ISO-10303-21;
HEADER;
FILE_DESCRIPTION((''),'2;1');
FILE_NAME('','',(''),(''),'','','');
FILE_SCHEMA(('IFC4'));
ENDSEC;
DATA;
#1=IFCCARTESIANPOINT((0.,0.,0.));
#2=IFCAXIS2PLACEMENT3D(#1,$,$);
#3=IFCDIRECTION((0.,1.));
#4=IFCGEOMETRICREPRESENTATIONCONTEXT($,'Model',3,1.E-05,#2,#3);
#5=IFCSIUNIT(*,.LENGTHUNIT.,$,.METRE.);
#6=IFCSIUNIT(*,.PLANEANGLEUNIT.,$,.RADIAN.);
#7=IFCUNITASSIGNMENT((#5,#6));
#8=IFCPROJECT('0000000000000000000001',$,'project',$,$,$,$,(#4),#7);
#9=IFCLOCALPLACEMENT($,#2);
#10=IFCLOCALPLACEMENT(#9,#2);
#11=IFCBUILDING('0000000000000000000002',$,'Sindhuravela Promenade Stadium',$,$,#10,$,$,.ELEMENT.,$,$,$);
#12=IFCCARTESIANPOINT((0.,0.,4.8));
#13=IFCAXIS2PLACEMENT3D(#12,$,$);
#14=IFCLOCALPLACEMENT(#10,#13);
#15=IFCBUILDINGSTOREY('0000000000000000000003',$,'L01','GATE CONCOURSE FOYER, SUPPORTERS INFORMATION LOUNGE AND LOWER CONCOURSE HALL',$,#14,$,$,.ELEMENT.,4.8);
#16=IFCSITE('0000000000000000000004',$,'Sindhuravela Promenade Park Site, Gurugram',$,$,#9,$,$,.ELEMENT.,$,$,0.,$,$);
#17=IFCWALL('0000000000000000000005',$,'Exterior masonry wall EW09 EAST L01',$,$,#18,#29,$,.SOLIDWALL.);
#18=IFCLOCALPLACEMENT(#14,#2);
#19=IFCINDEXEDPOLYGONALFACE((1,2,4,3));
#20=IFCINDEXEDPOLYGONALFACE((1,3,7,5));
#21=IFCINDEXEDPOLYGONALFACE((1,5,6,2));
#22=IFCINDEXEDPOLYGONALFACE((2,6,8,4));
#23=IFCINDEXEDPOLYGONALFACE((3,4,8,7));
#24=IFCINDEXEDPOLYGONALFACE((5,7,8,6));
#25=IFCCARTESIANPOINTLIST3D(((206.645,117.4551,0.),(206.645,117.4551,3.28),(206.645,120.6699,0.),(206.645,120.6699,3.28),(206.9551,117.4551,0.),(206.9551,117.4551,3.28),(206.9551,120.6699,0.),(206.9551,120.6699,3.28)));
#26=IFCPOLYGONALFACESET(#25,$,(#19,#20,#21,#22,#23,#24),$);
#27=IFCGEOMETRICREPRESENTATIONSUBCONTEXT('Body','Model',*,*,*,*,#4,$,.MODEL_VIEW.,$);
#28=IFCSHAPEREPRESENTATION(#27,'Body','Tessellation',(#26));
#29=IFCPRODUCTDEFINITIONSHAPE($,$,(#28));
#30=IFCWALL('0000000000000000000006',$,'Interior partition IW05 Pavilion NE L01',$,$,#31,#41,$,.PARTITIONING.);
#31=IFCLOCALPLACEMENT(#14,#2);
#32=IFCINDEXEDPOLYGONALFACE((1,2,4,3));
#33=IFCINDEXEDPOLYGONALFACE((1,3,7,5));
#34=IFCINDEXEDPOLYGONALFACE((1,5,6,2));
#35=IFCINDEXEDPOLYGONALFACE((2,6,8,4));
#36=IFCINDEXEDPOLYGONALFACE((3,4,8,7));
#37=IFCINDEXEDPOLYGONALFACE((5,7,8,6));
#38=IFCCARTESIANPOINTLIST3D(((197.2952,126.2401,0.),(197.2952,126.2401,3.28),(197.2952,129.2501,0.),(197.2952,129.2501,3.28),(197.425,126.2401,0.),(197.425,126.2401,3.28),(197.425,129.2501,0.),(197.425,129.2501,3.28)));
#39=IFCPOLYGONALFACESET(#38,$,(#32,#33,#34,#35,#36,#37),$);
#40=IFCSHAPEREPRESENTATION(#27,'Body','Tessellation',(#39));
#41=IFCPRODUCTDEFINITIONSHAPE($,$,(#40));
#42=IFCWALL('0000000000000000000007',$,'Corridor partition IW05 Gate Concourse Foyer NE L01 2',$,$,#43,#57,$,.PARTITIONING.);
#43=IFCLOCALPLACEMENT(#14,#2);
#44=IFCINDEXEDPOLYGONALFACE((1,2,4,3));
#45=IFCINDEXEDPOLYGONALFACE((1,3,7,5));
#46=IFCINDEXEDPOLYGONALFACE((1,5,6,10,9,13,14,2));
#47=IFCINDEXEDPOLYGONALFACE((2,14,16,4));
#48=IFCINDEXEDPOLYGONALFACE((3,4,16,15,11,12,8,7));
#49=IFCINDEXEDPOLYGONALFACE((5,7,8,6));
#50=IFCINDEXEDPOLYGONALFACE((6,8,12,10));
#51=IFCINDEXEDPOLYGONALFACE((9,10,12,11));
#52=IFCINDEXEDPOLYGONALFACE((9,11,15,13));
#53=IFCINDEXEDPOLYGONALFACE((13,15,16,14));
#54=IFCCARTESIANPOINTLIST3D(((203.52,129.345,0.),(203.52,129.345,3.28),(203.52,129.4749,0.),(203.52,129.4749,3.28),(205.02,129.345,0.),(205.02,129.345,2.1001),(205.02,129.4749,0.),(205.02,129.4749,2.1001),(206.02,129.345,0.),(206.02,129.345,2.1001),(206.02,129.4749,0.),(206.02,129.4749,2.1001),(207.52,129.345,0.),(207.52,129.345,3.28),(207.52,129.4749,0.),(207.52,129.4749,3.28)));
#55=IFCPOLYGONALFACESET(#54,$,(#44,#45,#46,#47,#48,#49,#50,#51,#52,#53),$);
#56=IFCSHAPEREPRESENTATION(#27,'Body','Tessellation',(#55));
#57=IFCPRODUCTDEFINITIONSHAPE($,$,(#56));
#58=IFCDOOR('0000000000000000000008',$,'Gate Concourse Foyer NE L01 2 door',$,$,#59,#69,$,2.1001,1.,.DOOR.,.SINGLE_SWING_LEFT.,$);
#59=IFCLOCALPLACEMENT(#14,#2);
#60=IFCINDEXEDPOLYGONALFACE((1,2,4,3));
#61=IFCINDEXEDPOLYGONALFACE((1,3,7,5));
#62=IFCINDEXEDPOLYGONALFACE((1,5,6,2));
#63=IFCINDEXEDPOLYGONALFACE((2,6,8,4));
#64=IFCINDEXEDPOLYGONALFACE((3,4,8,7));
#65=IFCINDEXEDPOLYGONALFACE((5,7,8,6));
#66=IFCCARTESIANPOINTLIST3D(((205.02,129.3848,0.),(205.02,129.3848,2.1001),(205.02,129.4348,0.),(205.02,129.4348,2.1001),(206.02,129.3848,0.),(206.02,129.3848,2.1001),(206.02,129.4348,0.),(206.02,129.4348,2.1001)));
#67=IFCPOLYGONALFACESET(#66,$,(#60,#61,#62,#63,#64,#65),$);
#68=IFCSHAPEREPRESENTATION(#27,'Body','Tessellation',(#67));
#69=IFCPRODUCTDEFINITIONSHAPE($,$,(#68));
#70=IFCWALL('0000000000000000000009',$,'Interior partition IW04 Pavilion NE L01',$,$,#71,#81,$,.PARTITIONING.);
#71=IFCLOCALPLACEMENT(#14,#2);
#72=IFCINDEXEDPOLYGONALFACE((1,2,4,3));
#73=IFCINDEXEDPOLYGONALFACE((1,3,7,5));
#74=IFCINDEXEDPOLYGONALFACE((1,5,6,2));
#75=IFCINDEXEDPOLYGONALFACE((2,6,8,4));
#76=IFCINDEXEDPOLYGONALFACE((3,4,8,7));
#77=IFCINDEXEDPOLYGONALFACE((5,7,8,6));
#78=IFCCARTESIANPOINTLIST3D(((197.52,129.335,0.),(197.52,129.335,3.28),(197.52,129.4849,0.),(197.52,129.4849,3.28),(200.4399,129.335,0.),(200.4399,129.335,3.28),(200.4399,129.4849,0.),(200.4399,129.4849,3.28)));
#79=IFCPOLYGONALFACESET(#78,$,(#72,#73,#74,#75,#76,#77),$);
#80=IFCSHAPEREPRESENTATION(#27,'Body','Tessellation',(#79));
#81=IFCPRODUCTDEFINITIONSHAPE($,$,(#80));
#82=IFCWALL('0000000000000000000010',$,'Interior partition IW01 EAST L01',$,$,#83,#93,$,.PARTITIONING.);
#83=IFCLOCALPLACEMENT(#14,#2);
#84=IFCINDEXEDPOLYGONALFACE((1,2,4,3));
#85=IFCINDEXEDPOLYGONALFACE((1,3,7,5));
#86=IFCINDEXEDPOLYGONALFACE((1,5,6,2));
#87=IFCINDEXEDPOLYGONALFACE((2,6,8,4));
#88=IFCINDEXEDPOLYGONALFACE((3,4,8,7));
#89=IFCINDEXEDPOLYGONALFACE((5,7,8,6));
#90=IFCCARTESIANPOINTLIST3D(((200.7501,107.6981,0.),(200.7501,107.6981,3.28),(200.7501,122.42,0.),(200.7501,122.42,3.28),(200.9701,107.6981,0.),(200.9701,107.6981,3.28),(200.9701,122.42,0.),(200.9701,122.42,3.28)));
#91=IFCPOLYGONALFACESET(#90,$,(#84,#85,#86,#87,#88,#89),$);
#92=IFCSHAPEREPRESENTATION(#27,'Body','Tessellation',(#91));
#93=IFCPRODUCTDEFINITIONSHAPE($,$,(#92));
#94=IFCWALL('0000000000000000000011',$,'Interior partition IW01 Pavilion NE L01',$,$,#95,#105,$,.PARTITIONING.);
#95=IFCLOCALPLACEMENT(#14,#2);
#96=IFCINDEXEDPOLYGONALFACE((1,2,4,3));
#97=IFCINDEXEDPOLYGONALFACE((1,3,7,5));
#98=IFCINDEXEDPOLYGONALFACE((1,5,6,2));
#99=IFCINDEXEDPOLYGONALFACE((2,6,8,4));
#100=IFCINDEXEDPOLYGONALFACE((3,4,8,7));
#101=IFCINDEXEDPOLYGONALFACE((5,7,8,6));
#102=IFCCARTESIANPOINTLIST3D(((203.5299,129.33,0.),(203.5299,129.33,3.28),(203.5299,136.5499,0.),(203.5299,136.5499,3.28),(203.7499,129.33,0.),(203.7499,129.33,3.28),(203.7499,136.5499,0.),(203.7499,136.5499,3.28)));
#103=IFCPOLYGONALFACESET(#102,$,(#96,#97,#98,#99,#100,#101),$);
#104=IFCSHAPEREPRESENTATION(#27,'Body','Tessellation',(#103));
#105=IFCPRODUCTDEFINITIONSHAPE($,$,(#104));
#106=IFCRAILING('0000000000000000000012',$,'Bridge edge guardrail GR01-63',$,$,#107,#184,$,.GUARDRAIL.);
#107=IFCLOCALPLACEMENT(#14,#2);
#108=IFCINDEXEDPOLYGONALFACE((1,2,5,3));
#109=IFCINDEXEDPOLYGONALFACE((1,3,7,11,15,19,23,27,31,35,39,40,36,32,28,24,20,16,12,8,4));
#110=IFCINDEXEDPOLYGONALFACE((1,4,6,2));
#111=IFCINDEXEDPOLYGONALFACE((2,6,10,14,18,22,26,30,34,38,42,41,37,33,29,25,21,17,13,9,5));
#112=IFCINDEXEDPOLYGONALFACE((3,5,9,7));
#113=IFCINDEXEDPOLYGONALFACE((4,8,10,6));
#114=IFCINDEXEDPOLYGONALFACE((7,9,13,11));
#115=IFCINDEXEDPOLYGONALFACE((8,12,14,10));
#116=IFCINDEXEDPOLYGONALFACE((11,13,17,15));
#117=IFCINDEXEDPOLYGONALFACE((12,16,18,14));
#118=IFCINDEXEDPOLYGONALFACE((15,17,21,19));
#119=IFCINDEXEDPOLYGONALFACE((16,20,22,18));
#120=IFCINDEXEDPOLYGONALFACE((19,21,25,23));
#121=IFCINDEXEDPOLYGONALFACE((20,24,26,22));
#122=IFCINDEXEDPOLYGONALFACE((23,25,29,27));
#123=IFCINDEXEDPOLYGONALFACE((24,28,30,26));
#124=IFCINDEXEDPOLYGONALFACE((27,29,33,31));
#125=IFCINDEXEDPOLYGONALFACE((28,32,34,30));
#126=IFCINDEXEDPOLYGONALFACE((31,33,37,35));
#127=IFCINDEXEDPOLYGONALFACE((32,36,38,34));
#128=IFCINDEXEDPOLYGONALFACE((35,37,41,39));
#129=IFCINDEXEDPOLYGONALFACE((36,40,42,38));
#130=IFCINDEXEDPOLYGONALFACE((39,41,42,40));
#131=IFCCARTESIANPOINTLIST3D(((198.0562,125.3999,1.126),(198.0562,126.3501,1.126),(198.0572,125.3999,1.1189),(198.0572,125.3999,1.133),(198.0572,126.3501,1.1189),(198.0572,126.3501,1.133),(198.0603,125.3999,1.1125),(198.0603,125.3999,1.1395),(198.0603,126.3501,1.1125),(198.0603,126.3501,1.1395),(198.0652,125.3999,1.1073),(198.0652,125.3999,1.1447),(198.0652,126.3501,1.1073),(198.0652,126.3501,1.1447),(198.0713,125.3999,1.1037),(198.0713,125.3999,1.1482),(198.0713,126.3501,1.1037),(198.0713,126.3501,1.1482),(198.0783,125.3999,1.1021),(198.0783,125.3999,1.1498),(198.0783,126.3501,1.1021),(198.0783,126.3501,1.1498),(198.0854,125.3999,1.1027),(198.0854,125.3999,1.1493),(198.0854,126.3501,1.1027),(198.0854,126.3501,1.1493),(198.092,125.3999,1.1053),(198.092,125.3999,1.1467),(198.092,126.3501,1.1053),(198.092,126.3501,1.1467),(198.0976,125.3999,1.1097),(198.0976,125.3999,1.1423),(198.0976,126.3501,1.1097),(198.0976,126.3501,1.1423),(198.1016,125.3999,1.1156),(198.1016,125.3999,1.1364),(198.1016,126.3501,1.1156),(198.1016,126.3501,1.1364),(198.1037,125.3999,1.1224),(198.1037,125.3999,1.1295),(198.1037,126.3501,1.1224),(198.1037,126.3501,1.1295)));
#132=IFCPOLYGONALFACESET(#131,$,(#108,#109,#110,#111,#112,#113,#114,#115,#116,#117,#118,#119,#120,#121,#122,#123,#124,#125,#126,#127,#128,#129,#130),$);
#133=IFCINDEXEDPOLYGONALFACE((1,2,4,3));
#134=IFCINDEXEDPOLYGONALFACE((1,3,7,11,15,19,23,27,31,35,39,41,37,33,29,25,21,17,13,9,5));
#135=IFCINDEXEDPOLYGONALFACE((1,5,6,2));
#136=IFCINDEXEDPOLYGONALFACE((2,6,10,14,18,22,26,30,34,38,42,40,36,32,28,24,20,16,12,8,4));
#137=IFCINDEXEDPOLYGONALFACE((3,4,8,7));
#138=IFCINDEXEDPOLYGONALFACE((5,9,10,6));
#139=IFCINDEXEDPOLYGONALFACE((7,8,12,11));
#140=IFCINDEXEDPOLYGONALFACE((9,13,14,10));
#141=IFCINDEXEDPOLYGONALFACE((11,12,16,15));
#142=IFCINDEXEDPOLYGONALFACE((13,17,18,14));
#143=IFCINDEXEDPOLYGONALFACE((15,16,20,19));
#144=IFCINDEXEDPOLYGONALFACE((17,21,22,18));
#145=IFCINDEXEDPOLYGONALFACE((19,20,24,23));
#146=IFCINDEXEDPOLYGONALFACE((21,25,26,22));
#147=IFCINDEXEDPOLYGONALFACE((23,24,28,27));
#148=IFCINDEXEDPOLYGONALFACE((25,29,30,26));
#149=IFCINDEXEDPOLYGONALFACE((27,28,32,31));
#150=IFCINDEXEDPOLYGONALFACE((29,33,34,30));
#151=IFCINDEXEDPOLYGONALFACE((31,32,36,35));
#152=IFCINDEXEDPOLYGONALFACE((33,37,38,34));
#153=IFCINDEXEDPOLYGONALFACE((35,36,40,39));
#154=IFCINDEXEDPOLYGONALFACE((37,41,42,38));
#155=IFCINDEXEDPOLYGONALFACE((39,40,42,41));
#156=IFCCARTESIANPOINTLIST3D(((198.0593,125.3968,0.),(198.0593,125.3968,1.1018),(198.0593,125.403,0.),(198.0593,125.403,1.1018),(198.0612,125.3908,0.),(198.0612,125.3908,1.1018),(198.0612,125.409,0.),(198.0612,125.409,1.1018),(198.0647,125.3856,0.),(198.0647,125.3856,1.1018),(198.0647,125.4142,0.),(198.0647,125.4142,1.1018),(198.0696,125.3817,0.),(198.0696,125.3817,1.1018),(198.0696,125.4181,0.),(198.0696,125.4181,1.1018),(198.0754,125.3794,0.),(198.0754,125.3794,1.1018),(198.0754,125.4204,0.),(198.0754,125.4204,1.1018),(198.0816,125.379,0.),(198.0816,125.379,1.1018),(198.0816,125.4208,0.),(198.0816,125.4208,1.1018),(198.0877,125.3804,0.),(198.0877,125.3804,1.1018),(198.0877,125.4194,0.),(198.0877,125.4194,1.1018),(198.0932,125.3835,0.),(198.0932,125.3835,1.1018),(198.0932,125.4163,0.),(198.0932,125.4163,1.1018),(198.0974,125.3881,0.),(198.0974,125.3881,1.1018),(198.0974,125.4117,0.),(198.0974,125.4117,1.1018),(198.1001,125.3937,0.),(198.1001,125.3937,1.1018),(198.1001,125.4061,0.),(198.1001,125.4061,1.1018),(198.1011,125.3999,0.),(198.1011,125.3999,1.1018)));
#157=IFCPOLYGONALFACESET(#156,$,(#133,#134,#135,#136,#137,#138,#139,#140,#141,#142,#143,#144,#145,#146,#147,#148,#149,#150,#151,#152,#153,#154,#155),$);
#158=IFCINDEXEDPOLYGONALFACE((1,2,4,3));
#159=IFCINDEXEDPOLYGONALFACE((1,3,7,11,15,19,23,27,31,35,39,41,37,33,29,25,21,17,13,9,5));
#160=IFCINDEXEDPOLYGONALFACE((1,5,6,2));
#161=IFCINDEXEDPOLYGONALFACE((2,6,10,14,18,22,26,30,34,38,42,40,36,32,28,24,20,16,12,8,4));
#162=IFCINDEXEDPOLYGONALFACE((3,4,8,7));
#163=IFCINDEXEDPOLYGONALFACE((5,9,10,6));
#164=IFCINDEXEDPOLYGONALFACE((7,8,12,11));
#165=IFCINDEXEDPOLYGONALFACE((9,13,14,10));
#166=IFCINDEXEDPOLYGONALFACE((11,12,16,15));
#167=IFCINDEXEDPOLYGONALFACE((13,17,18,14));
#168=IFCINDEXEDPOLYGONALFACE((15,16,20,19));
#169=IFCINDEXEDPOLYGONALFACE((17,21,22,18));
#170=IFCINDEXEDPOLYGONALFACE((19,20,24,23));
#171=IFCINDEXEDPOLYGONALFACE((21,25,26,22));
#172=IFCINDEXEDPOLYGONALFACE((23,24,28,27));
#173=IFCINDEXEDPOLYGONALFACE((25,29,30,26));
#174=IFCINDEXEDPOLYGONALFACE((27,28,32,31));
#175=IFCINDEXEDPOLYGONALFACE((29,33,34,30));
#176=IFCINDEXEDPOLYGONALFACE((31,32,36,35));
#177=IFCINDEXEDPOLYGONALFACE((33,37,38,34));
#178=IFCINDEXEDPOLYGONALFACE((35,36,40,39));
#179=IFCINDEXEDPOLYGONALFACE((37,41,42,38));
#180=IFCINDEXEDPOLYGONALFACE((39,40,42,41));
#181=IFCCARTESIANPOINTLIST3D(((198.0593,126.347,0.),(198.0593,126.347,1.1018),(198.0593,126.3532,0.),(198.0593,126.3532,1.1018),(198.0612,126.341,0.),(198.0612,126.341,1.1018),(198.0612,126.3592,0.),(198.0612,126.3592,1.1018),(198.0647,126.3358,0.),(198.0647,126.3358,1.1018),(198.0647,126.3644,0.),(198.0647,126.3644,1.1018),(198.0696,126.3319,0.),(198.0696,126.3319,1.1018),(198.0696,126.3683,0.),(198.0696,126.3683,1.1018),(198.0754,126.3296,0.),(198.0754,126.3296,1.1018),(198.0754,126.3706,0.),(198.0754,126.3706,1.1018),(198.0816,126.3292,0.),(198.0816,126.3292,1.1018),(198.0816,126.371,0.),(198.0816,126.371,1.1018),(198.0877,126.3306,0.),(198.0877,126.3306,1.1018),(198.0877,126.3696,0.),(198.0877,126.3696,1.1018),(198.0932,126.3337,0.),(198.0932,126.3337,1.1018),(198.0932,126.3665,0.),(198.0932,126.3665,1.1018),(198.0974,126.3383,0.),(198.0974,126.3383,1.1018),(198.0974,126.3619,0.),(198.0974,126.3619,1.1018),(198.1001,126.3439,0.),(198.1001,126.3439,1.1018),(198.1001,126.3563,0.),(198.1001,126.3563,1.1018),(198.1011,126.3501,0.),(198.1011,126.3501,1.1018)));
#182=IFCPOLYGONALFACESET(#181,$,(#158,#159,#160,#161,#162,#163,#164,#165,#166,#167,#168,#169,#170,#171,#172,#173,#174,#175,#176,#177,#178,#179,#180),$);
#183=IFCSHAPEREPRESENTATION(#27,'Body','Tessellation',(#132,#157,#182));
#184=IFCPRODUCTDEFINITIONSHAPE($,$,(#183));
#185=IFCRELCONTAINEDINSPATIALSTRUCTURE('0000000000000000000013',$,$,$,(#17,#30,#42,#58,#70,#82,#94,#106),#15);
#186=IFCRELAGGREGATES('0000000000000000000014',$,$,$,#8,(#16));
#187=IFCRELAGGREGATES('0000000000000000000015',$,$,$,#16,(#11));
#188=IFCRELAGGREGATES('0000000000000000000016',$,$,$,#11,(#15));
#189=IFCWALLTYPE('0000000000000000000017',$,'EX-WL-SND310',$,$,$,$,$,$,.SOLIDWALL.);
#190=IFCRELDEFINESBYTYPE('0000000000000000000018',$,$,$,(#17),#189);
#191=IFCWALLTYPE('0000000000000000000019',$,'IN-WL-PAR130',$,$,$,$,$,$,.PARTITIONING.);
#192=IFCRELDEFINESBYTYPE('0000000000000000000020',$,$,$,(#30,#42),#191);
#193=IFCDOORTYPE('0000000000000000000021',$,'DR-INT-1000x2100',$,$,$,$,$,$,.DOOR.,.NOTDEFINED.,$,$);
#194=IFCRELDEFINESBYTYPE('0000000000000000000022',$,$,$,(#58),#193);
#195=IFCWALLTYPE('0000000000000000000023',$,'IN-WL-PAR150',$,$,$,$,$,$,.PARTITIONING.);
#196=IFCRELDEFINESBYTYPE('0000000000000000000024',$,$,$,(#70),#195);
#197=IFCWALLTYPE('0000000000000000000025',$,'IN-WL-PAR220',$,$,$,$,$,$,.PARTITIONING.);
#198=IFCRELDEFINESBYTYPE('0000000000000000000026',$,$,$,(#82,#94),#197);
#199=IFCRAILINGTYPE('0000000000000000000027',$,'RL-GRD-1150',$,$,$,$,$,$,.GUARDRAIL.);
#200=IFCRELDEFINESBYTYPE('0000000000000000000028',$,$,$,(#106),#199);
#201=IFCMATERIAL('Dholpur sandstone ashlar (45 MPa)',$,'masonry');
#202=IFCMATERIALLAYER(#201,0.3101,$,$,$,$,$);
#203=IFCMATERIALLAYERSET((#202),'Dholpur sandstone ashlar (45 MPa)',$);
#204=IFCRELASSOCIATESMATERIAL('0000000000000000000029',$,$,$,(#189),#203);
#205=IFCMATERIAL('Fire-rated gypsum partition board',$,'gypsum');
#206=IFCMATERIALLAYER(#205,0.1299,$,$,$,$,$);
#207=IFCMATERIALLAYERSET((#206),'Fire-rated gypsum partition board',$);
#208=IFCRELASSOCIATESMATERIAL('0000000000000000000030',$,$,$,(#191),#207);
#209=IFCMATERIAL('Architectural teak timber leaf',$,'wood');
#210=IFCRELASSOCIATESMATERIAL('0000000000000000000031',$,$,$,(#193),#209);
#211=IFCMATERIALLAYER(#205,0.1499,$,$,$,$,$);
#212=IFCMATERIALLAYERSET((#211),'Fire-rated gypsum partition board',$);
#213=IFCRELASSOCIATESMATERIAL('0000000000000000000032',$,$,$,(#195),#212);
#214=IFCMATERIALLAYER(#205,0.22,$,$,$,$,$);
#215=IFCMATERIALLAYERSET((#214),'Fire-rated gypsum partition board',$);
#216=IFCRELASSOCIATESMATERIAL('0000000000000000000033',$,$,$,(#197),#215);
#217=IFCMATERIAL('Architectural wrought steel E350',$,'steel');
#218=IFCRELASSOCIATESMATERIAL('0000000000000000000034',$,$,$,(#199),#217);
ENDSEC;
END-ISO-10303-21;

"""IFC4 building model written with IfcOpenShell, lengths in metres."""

from ifc_helpers import new_model, si_unit, direction, frame, frame_2d, origin, origin_2d, place, context, subcontext, project, spatial, rectangle, circle, extrude, material, layer, layer_set, type_object, element, fill, save


model = new_model("IFC4")

# Units and contexts
model_context = context("Model", 3, precision=1e-05, world=origin(), true_north=direction((0.0, 1.0)))
body_context = subcontext(model_context, "Body", "Model", "MODEL_VIEW")
ifc_project = project(units=[si_unit("LENGTHUNIT", "METRE"), si_unit("PLANEANGLEUNIT", "RADIAN")], contexts=[model_context])

# Site, building, storey
site_placement = place(None, origin())
site = spatial("IfcSite", under=ifc_project, at=site_placement, Name="Sindhuravela Promenade Park Site, Gurugram", CompositionType="ELEMENT", RefElevation=0.0)
building_placement = place(site_placement, origin())
building = spatial("IfcBuilding", under=site, at=building_placement, Name="Sindhuravela Promenade Stadium", CompositionType="ELEMENT")
storey_placement = place(building_placement, frame((0.0, 0.0, 4.8)))
storey = spatial("IfcBuildingStorey", under=building, at=storey_placement, Name="L01", Description="GATE CONCOURSE FOYER, SUPPORTERS INFORMATION LOUNGE AND LOWER CONCOURSE HALL", CompositionType="ELEMENT", Elevation=4.8)

# Walls
ifc_material_1 = material(Name="Dholpur sandstone ashlar (45 MPa)", Category="masonry")
ifc_layer_1 = layer(ifc_material_1, 0.3101)
ifc_layer_set_1 = layer_set([ifc_layer_1], Name="Dholpur sandstone ashlar (45 MPa)")
wall_type_1 = type_object("IfcWallType", Name="EX-WL-SND310", PredefinedType="SOLIDWALL", material=ifc_layer_set_1)
wall_1_placement = place(storey_placement, frame((206.8, 120.6699, 0.0), z_axis=(0.0, 0.0, 1.0), x_axis=(0.0, -1.0, 0.0)))
element("IfcWall", 1, at=wall_1_placement, inside=storey, type_object=wall_type_1, Name="Exterior masonry wall EW09 EAST L01", PredefinedType="SOLIDWALL", context=body_context, shape_type="SweptSolid", body=[
    extrude(rectangle(XDim=3.2148, YDim=0.3101, at=frame_2d((1.6074, 0.0))), origin(), (0.0, 0.0, 1.0), 3.28),
])
ifc_material_2 = material(Name="Fire-rated gypsum partition board", Category="gypsum")
ifc_layer_2 = layer(ifc_material_2, 0.1299)
ifc_layer_set_2 = layer_set([ifc_layer_2], Name="Fire-rated gypsum partition board")
wall_type_2 = type_object("IfcWallType", Name="IN-WL-PAR130", PredefinedType="PARTITIONING", material=ifc_layer_set_2)
wall_2_placement = place(storey_placement, frame((197.3601, 129.25, 0.0), z_axis=(0.0, 0.0, 1.0), x_axis=(0.0, -1.0, 0.0)))
element("IfcWall", 2, at=wall_2_placement, inside=storey, type_object=wall_type_2, Name="Interior partition IW05 Pavilion NE L01", PredefinedType="PARTITIONING", context=body_context, shape_type="SweptSolid", body=[
    extrude(rectangle(XDim=3.01, YDim=0.1299, at=frame_2d((1.5049, 0.0))), origin(), (0.0, 0.0, 1.0), 3.28),
])

# Wall, opening, door
wall_3_placement = place(storey_placement, frame((203.52, 129.4099, 0.0), z_axis=(0.0, 0.0, 1.0), x_axis=(1.0, 0.0, 0.0)))
wall_3 = element("IfcWall", 3, at=wall_3_placement, inside=storey, type_object=wall_type_2, Name="Corridor partition IW05 Gate Concourse Foyer NE L01 2", PredefinedType="PARTITIONING", context=body_context, shape_type="SweptSolid", body=[
    extrude(rectangle(XDim=4.0, YDim=0.1299, at=frame_2d((2.0, 0.0))), origin(), (0.0, 0.0, 1.0), 3.28),
])
opening_1_placement = place(wall_3_placement, frame((1.5, 0.0, 0.0)))
opening_1 = element("IfcOpeningElement", 4, at=opening_1_placement, cuts=wall_3, PredefinedType="OPENING", context=body_context, shape_type="SweptSolid", body=[
    extrude(rectangle(XDim=1.0, YDim=2.1001, at=frame_2d((0.5, 1.05))), frame((0.0, 0.075, 0.0), z_axis=(0.0, -1.0, 0.0), x_axis=(1.0, 0.0, 0.0)), (0.0, 0.0, 1.0), 0.1499),
])
ifc_material_3 = material(Name="Architectural teak timber leaf", Category="wood")
door_type_1 = type_object("IfcDoorType", Name="DR-INT-1000x2100", OperationType="NOTDEFINED", PredefinedType="DOOR", material=ifc_material_3)
door_1_placement = place(opening_1_placement, origin())
door_1 = element("IfcDoor", 5, at=door_1_placement, inside=storey, type_object=door_type_1, Name="Gate Concourse Foyer NE L01 2 door", OperationType="SINGLE_SWING_LEFT", OverallHeight=2.1001, OverallWidth=1.0, PredefinedType="DOOR", context=body_context, shape_type="SweptSolid", body=[
    extrude(rectangle(XDim=1.0, YDim=2.1001, at=frame_2d((0.5, 1.05))), frame((0.0, 0.0249, 0.0), z_axis=(0.0, -1.0, 0.0), x_axis=(1.0, 0.0, 0.0)), (0.0, 0.0, 1.0), 0.05),
])
fill(opening_1, door_1)

# Wall
ifc_layer_3 = layer(ifc_material_2, 0.1499)
ifc_layer_set_3 = layer_set([ifc_layer_3], Name="Fire-rated gypsum partition board")
wall_type_3 = type_object("IfcWallType", Name="IN-WL-PAR150", PredefinedType="PARTITIONING", material=ifc_layer_set_3)
wall_4_placement = place(storey_placement, frame((200.4399, 129.4099, 0.0), z_axis=(0.0, 0.0, 1.0), x_axis=(-1.0, 0.0, 0.0)))
element("IfcWall", 6, at=wall_4_placement, inside=storey, type_object=wall_type_3, Name="Interior partition IW04 Pavilion NE L01", PredefinedType="PARTITIONING", context=body_context, shape_type="SweptSolid", body=[
    extrude(rectangle(XDim=2.9199, YDim=0.1499, at=frame_2d((1.46, 0.0))), origin(), (0.0, 0.0, 1.0), 3.28),
])

# Walls
ifc_layer_4 = layer(ifc_material_2, 0.22)
ifc_layer_set_4 = layer_set([ifc_layer_4], Name="Fire-rated gypsum partition board")
wall_type_4 = type_object("IfcWallType", Name="IN-WL-PAR220", PredefinedType="PARTITIONING", material=ifc_layer_set_4)
wall_5_placement = place(storey_placement, frame((200.8601, 122.4199, 0.0), z_axis=(0.0, 0.0, 1.0), x_axis=(0.0, -1.0, 0.0)))
element("IfcWall", 7, at=wall_5_placement, inside=storey, type_object=wall_type_4, Name="Interior partition IW01 EAST L01", PredefinedType="PARTITIONING", context=body_context, shape_type="SweptSolid", body=[
    extrude(rectangle(XDim=14.7219, YDim=0.22, at=frame_2d((7.3608, 0.0))), origin(), (0.0, 0.0, 1.0), 3.28),
])
wall_6_placement = place(storey_placement, frame((203.6399, 129.3301, 0.0), z_axis=(0.0, 0.0, 1.0), x_axis=(0.0, 1.0, 0.0)))
element("IfcWall", 8, at=wall_6_placement, inside=storey, type_object=wall_type_4, Name="Interior partition IW01 Pavilion NE L01", PredefinedType="PARTITIONING", context=body_context, shape_type="SweptSolid", body=[
    extrude(rectangle(XDim=7.22, YDim=0.22, at=frame_2d((3.6099, 0.0))), origin(), (0.0, 0.0, 1.0), 3.28),
])

# Railing
ifc_material_4 = material(Name="Architectural wrought steel E350", Category="steel")
railing_type = type_object("IfcRailingType", Name="RL-GRD-1150", PredefinedType="GUARDRAIL", material=ifc_material_4)
railing_placement = place(storey_placement, frame((198.0801, 125.3999, 0.0)))
element("IfcRailing", 9, at=railing_placement, inside=storey, type_object=railing_type, Name="Bridge edge guardrail GR01-63", PredefinedType="GUARDRAIL", context=body_context, shape_type="SweptSolid", body=[
    extrude(circle(Radius=0.0239, at=origin_2d()), frame((0.0, 0.0, 1.126), z_axis=(0.0, 1.0, 0.0), x_axis=(-1.0, 0.0, 0.0)), (0.0, 0.0, 1.0), 0.9502),
    extrude(circle(Radius=0.021, at=origin_2d()), origin(), (0.0, 0.0, 1.0), 1.1018),
    extrude(circle(Radius=0.021, at=origin_2d()), frame((0.0, 0.9502, 0.0)), (0.0, 0.0, 1.0), 1.1018),
])

save(model, "model.ifc")
